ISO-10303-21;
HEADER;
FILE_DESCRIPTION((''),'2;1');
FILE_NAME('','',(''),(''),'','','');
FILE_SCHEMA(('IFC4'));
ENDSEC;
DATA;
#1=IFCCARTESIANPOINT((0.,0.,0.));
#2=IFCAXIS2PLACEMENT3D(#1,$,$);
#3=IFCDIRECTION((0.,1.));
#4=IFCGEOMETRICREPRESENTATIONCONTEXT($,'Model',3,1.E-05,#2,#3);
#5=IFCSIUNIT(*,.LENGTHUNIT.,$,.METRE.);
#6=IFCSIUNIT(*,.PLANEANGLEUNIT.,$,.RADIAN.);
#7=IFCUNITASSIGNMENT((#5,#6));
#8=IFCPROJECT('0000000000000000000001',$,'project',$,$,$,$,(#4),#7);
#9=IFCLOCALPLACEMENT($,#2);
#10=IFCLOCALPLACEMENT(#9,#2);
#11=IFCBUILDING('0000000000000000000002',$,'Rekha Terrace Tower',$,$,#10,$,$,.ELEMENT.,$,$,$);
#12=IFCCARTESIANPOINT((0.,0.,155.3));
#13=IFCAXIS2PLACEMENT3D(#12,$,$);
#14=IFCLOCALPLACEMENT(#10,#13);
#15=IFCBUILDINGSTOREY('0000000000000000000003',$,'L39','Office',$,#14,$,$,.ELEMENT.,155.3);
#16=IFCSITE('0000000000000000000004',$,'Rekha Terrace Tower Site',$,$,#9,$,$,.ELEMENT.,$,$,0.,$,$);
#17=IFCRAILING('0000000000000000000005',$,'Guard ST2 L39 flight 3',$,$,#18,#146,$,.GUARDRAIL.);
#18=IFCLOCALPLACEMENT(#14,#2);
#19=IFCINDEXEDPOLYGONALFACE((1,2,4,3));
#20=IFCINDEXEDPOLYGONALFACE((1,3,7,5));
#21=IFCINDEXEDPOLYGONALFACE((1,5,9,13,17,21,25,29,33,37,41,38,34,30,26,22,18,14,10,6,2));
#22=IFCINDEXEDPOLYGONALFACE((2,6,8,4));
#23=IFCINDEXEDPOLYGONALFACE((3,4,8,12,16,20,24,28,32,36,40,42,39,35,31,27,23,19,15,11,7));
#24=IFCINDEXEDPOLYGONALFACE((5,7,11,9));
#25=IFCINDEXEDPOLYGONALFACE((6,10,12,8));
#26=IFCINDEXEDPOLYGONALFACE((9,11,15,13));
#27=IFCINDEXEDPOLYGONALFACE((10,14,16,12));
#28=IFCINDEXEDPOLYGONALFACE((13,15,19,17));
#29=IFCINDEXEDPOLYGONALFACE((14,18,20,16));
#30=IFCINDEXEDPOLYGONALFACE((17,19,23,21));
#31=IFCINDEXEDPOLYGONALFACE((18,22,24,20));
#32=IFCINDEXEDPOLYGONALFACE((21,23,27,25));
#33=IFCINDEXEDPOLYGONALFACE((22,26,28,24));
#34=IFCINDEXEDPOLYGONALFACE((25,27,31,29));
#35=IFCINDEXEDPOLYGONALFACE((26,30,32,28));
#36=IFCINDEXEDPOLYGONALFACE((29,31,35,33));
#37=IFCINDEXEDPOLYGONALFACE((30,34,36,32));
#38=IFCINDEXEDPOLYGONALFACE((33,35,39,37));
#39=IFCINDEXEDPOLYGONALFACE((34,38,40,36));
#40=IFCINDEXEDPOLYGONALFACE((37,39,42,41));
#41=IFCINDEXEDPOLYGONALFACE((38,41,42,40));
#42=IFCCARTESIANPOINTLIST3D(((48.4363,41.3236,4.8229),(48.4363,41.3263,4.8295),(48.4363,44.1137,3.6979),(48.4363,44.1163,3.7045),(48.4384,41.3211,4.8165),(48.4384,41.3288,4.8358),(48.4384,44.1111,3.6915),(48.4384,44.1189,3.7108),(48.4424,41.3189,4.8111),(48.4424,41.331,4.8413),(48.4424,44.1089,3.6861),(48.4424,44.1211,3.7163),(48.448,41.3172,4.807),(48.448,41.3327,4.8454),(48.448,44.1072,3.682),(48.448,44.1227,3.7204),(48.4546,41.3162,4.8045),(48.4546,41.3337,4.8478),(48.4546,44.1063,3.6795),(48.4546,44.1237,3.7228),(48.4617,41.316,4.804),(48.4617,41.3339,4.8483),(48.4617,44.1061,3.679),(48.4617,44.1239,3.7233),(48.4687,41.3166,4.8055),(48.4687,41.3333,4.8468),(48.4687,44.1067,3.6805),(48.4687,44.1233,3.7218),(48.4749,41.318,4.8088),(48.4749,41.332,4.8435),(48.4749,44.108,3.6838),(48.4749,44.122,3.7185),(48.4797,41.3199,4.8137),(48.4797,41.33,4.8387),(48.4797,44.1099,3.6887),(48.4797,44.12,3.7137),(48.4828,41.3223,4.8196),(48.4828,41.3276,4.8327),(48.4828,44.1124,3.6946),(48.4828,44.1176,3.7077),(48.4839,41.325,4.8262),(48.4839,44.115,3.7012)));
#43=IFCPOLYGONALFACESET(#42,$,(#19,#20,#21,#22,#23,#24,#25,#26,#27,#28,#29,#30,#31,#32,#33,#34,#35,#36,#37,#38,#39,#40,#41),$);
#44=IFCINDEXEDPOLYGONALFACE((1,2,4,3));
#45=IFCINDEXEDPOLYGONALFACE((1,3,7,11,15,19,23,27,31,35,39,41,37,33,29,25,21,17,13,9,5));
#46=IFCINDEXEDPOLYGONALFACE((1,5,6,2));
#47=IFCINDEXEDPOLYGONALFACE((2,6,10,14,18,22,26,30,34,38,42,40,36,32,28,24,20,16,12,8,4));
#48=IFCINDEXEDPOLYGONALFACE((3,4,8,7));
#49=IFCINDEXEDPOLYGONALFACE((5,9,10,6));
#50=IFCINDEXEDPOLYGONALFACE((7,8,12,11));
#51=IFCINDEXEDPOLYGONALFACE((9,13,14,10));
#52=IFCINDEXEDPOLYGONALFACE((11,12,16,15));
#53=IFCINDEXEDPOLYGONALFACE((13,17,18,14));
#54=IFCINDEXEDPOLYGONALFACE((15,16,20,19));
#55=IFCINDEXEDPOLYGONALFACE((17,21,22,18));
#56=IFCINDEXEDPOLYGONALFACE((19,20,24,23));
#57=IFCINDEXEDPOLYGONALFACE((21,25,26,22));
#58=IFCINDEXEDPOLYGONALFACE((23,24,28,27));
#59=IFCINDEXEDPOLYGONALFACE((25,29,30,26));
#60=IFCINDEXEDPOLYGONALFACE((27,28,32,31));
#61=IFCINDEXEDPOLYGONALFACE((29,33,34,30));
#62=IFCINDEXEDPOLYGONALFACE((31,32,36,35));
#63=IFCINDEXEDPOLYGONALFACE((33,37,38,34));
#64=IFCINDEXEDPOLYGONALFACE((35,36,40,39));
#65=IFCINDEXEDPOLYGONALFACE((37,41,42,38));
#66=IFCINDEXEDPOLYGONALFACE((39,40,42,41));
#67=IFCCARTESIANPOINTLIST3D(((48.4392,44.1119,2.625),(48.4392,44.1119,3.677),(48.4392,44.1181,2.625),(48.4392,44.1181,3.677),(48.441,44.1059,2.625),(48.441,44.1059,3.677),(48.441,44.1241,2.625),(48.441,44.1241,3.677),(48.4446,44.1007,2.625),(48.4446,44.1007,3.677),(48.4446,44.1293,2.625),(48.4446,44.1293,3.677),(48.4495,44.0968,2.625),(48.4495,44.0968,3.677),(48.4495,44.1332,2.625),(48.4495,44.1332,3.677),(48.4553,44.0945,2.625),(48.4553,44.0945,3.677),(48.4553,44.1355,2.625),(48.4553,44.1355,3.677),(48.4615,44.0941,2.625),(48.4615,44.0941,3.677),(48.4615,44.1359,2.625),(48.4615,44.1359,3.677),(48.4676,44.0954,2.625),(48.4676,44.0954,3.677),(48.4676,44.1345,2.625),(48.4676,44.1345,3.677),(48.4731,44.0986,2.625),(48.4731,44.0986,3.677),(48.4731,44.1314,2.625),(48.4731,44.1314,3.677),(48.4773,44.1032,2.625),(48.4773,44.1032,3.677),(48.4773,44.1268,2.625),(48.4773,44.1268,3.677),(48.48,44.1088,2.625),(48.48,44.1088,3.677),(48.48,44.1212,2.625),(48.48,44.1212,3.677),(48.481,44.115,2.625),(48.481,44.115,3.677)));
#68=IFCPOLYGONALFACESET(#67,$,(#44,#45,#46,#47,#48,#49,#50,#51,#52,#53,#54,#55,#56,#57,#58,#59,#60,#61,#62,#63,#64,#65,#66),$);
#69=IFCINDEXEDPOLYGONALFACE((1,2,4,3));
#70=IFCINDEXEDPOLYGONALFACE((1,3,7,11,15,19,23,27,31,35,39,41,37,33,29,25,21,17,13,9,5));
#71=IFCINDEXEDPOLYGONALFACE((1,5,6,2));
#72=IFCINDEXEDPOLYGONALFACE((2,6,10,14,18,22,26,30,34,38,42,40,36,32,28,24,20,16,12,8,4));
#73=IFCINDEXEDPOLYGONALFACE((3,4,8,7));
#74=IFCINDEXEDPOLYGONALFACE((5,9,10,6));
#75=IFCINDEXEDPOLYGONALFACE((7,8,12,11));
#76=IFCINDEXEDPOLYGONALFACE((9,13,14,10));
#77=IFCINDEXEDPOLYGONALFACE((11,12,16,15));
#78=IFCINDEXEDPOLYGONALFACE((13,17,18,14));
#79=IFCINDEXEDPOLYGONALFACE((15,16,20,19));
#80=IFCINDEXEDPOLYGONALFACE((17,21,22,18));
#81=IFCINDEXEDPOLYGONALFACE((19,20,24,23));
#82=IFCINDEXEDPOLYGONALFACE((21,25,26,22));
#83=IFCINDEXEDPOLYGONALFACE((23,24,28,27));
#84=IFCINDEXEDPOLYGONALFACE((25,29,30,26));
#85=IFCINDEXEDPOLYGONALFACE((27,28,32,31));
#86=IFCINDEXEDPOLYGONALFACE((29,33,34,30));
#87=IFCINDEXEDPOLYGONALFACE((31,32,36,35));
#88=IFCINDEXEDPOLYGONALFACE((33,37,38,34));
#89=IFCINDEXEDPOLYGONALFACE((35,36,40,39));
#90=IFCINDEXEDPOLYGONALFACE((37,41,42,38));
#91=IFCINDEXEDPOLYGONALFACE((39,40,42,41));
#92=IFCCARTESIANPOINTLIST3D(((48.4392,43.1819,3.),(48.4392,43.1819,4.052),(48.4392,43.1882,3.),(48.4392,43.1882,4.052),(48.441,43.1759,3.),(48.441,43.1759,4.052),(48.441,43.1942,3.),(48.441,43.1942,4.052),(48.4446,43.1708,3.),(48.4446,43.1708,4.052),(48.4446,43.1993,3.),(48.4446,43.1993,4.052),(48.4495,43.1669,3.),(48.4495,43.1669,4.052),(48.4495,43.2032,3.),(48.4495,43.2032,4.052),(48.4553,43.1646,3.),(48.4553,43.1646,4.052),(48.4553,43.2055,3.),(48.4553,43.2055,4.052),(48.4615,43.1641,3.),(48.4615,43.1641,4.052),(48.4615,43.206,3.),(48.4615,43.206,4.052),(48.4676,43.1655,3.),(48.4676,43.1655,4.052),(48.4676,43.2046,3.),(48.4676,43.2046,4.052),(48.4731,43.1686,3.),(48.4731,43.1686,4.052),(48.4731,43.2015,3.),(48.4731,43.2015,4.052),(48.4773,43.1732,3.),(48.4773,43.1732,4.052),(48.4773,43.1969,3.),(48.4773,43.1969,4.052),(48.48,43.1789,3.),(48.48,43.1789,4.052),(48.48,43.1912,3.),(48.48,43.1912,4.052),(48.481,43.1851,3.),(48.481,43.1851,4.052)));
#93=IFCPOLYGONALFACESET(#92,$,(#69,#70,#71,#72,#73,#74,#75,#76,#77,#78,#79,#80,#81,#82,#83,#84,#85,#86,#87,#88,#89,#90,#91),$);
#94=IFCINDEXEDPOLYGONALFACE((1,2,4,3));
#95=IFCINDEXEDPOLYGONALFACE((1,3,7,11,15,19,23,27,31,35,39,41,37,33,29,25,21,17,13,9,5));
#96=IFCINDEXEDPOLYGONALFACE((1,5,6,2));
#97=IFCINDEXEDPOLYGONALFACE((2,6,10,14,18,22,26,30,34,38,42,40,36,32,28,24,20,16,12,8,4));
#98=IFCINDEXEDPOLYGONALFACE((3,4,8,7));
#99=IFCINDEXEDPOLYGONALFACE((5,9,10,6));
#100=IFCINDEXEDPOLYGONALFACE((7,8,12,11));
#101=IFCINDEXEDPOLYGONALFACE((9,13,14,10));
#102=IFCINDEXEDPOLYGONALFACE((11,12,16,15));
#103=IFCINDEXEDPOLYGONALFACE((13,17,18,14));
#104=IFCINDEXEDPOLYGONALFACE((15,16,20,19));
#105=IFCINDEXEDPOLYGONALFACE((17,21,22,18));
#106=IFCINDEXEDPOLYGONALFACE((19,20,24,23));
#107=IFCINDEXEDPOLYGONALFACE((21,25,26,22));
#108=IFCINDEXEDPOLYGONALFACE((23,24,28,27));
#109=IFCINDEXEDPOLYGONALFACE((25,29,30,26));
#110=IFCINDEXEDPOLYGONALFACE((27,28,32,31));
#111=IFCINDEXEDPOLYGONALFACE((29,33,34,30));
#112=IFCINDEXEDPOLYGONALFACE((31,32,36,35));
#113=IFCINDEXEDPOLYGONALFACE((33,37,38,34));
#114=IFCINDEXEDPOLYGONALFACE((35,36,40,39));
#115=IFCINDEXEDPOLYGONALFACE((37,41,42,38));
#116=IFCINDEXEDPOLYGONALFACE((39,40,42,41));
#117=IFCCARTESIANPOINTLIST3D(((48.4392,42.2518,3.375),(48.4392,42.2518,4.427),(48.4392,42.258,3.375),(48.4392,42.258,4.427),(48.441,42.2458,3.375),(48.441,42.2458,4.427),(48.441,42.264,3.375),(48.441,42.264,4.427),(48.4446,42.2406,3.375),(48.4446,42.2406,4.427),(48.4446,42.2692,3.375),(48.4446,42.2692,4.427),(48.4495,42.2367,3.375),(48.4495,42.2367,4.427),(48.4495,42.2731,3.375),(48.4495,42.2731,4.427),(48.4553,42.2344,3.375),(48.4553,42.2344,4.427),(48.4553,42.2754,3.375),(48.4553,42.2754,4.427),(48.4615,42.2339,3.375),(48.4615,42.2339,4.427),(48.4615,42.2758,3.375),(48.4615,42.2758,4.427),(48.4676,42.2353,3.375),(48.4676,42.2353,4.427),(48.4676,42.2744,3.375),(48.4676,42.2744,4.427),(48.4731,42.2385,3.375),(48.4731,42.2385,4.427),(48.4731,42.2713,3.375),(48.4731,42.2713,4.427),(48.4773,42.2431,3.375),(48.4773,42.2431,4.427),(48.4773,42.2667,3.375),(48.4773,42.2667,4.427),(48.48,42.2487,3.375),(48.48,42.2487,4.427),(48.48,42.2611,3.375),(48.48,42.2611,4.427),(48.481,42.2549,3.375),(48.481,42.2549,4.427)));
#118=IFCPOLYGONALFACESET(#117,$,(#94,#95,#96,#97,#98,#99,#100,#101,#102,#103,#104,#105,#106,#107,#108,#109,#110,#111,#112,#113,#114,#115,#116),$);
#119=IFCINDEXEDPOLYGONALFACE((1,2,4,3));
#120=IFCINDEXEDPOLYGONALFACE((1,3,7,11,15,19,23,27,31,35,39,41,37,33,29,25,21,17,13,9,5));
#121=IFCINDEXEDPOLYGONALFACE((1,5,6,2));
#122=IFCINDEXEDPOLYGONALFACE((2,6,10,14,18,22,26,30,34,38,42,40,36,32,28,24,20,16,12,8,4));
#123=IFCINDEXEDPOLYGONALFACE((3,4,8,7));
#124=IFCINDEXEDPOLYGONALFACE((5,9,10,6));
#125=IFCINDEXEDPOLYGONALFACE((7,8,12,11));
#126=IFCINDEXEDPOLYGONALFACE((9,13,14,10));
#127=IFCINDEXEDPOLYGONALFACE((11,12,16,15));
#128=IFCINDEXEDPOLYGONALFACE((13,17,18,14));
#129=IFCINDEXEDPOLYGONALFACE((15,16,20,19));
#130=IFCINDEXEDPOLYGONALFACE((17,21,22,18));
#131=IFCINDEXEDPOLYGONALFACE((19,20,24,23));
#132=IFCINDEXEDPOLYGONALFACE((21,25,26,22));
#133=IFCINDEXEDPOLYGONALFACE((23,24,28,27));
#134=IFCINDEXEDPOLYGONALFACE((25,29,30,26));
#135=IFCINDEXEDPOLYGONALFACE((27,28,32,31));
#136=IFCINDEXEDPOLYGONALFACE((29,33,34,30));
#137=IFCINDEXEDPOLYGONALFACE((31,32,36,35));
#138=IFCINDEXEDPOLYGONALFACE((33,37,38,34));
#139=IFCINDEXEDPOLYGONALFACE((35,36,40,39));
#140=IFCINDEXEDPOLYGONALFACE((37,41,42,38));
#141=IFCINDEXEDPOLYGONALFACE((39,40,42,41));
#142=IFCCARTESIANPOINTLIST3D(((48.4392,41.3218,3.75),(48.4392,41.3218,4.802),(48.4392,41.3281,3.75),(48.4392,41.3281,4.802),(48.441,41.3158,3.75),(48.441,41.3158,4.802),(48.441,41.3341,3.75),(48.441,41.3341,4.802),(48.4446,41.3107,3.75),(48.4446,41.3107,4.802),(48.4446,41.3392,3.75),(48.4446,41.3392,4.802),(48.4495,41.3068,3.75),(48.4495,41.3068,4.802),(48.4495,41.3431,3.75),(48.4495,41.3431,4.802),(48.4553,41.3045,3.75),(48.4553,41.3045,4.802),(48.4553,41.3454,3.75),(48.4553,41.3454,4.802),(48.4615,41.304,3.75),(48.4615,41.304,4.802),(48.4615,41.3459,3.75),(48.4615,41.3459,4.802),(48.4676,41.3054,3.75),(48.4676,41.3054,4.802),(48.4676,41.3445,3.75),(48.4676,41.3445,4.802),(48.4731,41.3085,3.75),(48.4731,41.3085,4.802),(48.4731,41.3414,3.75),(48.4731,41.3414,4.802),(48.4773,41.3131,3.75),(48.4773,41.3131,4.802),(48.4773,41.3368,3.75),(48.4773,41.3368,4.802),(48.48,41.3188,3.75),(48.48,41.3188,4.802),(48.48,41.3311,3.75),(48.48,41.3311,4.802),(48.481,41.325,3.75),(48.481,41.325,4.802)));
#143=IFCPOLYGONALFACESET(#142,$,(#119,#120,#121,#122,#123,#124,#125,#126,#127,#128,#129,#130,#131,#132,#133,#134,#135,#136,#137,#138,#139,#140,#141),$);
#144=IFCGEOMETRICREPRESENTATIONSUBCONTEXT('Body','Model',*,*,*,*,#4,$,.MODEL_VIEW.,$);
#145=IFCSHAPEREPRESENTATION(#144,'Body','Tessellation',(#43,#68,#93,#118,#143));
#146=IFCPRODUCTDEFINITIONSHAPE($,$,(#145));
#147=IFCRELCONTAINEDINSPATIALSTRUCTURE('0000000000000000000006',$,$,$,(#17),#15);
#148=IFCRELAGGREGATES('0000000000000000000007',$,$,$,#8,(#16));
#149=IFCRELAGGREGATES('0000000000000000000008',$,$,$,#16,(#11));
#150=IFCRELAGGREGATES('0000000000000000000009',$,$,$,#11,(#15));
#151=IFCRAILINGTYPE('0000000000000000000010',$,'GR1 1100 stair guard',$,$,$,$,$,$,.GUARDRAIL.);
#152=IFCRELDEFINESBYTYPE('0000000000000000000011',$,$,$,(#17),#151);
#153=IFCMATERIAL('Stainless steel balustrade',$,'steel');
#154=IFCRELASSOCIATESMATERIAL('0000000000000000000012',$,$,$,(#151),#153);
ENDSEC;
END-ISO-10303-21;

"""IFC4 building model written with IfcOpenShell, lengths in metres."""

from ifc_helpers import new_model, si_unit, direction, frame, origin, origin_2d, place, context, subcontext, project, spatial, circle, extrude, material, type_object, element, save


model = new_model("IFC4")

# Units and contexts
model_context = context("Model", 3, precision=1e-05, world=origin(), true_north=direction((0.0, 1.0)))
body_context = subcontext(model_context, "Body", "Model", "MODEL_VIEW")
ifc_project = project(units=[si_unit("LENGTHUNIT", "METRE"), si_unit("PLANEANGLEUNIT", "RADIAN")], contexts=[model_context])

# Site, building, storey
site_placement = place(None, origin())
site = spatial("IfcSite", under=ifc_project, at=site_placement, Name="Rekha Terrace Tower Site", CompositionType="ELEMENT", RefElevation=0.0)
building_placement = place(site_placement, origin())
building = spatial("IfcBuilding", under=site, at=building_placement, Name="Rekha Terrace Tower", CompositionType="ELEMENT")
storey_placement = place(building_placement, frame((0.0, 0.0, 155.3)))
storey = spatial("IfcBuildingStorey", under=building, at=storey_placement, Name="L39", Description="Office", CompositionType="ELEMENT", Elevation=155.3)

# Railing
ifc_material_1 = material(Name="Stainless steel balustrade", Category="steel")
railing_type_1 = type_object("IfcRailingType", Name="GR1 1100 stair guard", PredefinedType="GUARDRAIL", material=ifc_material_1)
railing_1_placement = place(storey_placement, frame((48.46, 44.115, 2.625)))
element("IfcRailing", 1, at=railing_1_placement, inside=storey, type_object=railing_type_1, Name="Guard ST2 L39 flight 3", PredefinedType="GUARDRAIL", context=body_context, shape_type="SweptSolid", body=[
    extrude(circle(Radius=0.0239, at=origin_2d()), frame((0.0, 0.0, 1.0762), z_axis=(0.0, -0.927443, 0.373964), x_axis=(1.0, 0.0, 0.0)), (0.0, 0.0, 1.0), 3.0083),
    extrude(circle(Radius=0.021, at=origin_2d()), origin(), (0.0, 0.0, 1.0), 1.052),
    extrude(circle(Radius=0.021, at=origin_2d()), frame((0.0, -0.9299, 0.375)), (0.0, 0.0, 1.0), 1.052),
    extrude(circle(Radius=0.021, at=origin_2d()), frame((0.0, -1.8601, 0.75)), (0.0, 0.0, 1.0), 1.052),
    extrude(circle(Radius=0.021, at=origin_2d()), frame((0.0, -2.79, 1.125)), (0.0, 0.0, 1.0), 1.052),
])

save(model, "model.ifc")
